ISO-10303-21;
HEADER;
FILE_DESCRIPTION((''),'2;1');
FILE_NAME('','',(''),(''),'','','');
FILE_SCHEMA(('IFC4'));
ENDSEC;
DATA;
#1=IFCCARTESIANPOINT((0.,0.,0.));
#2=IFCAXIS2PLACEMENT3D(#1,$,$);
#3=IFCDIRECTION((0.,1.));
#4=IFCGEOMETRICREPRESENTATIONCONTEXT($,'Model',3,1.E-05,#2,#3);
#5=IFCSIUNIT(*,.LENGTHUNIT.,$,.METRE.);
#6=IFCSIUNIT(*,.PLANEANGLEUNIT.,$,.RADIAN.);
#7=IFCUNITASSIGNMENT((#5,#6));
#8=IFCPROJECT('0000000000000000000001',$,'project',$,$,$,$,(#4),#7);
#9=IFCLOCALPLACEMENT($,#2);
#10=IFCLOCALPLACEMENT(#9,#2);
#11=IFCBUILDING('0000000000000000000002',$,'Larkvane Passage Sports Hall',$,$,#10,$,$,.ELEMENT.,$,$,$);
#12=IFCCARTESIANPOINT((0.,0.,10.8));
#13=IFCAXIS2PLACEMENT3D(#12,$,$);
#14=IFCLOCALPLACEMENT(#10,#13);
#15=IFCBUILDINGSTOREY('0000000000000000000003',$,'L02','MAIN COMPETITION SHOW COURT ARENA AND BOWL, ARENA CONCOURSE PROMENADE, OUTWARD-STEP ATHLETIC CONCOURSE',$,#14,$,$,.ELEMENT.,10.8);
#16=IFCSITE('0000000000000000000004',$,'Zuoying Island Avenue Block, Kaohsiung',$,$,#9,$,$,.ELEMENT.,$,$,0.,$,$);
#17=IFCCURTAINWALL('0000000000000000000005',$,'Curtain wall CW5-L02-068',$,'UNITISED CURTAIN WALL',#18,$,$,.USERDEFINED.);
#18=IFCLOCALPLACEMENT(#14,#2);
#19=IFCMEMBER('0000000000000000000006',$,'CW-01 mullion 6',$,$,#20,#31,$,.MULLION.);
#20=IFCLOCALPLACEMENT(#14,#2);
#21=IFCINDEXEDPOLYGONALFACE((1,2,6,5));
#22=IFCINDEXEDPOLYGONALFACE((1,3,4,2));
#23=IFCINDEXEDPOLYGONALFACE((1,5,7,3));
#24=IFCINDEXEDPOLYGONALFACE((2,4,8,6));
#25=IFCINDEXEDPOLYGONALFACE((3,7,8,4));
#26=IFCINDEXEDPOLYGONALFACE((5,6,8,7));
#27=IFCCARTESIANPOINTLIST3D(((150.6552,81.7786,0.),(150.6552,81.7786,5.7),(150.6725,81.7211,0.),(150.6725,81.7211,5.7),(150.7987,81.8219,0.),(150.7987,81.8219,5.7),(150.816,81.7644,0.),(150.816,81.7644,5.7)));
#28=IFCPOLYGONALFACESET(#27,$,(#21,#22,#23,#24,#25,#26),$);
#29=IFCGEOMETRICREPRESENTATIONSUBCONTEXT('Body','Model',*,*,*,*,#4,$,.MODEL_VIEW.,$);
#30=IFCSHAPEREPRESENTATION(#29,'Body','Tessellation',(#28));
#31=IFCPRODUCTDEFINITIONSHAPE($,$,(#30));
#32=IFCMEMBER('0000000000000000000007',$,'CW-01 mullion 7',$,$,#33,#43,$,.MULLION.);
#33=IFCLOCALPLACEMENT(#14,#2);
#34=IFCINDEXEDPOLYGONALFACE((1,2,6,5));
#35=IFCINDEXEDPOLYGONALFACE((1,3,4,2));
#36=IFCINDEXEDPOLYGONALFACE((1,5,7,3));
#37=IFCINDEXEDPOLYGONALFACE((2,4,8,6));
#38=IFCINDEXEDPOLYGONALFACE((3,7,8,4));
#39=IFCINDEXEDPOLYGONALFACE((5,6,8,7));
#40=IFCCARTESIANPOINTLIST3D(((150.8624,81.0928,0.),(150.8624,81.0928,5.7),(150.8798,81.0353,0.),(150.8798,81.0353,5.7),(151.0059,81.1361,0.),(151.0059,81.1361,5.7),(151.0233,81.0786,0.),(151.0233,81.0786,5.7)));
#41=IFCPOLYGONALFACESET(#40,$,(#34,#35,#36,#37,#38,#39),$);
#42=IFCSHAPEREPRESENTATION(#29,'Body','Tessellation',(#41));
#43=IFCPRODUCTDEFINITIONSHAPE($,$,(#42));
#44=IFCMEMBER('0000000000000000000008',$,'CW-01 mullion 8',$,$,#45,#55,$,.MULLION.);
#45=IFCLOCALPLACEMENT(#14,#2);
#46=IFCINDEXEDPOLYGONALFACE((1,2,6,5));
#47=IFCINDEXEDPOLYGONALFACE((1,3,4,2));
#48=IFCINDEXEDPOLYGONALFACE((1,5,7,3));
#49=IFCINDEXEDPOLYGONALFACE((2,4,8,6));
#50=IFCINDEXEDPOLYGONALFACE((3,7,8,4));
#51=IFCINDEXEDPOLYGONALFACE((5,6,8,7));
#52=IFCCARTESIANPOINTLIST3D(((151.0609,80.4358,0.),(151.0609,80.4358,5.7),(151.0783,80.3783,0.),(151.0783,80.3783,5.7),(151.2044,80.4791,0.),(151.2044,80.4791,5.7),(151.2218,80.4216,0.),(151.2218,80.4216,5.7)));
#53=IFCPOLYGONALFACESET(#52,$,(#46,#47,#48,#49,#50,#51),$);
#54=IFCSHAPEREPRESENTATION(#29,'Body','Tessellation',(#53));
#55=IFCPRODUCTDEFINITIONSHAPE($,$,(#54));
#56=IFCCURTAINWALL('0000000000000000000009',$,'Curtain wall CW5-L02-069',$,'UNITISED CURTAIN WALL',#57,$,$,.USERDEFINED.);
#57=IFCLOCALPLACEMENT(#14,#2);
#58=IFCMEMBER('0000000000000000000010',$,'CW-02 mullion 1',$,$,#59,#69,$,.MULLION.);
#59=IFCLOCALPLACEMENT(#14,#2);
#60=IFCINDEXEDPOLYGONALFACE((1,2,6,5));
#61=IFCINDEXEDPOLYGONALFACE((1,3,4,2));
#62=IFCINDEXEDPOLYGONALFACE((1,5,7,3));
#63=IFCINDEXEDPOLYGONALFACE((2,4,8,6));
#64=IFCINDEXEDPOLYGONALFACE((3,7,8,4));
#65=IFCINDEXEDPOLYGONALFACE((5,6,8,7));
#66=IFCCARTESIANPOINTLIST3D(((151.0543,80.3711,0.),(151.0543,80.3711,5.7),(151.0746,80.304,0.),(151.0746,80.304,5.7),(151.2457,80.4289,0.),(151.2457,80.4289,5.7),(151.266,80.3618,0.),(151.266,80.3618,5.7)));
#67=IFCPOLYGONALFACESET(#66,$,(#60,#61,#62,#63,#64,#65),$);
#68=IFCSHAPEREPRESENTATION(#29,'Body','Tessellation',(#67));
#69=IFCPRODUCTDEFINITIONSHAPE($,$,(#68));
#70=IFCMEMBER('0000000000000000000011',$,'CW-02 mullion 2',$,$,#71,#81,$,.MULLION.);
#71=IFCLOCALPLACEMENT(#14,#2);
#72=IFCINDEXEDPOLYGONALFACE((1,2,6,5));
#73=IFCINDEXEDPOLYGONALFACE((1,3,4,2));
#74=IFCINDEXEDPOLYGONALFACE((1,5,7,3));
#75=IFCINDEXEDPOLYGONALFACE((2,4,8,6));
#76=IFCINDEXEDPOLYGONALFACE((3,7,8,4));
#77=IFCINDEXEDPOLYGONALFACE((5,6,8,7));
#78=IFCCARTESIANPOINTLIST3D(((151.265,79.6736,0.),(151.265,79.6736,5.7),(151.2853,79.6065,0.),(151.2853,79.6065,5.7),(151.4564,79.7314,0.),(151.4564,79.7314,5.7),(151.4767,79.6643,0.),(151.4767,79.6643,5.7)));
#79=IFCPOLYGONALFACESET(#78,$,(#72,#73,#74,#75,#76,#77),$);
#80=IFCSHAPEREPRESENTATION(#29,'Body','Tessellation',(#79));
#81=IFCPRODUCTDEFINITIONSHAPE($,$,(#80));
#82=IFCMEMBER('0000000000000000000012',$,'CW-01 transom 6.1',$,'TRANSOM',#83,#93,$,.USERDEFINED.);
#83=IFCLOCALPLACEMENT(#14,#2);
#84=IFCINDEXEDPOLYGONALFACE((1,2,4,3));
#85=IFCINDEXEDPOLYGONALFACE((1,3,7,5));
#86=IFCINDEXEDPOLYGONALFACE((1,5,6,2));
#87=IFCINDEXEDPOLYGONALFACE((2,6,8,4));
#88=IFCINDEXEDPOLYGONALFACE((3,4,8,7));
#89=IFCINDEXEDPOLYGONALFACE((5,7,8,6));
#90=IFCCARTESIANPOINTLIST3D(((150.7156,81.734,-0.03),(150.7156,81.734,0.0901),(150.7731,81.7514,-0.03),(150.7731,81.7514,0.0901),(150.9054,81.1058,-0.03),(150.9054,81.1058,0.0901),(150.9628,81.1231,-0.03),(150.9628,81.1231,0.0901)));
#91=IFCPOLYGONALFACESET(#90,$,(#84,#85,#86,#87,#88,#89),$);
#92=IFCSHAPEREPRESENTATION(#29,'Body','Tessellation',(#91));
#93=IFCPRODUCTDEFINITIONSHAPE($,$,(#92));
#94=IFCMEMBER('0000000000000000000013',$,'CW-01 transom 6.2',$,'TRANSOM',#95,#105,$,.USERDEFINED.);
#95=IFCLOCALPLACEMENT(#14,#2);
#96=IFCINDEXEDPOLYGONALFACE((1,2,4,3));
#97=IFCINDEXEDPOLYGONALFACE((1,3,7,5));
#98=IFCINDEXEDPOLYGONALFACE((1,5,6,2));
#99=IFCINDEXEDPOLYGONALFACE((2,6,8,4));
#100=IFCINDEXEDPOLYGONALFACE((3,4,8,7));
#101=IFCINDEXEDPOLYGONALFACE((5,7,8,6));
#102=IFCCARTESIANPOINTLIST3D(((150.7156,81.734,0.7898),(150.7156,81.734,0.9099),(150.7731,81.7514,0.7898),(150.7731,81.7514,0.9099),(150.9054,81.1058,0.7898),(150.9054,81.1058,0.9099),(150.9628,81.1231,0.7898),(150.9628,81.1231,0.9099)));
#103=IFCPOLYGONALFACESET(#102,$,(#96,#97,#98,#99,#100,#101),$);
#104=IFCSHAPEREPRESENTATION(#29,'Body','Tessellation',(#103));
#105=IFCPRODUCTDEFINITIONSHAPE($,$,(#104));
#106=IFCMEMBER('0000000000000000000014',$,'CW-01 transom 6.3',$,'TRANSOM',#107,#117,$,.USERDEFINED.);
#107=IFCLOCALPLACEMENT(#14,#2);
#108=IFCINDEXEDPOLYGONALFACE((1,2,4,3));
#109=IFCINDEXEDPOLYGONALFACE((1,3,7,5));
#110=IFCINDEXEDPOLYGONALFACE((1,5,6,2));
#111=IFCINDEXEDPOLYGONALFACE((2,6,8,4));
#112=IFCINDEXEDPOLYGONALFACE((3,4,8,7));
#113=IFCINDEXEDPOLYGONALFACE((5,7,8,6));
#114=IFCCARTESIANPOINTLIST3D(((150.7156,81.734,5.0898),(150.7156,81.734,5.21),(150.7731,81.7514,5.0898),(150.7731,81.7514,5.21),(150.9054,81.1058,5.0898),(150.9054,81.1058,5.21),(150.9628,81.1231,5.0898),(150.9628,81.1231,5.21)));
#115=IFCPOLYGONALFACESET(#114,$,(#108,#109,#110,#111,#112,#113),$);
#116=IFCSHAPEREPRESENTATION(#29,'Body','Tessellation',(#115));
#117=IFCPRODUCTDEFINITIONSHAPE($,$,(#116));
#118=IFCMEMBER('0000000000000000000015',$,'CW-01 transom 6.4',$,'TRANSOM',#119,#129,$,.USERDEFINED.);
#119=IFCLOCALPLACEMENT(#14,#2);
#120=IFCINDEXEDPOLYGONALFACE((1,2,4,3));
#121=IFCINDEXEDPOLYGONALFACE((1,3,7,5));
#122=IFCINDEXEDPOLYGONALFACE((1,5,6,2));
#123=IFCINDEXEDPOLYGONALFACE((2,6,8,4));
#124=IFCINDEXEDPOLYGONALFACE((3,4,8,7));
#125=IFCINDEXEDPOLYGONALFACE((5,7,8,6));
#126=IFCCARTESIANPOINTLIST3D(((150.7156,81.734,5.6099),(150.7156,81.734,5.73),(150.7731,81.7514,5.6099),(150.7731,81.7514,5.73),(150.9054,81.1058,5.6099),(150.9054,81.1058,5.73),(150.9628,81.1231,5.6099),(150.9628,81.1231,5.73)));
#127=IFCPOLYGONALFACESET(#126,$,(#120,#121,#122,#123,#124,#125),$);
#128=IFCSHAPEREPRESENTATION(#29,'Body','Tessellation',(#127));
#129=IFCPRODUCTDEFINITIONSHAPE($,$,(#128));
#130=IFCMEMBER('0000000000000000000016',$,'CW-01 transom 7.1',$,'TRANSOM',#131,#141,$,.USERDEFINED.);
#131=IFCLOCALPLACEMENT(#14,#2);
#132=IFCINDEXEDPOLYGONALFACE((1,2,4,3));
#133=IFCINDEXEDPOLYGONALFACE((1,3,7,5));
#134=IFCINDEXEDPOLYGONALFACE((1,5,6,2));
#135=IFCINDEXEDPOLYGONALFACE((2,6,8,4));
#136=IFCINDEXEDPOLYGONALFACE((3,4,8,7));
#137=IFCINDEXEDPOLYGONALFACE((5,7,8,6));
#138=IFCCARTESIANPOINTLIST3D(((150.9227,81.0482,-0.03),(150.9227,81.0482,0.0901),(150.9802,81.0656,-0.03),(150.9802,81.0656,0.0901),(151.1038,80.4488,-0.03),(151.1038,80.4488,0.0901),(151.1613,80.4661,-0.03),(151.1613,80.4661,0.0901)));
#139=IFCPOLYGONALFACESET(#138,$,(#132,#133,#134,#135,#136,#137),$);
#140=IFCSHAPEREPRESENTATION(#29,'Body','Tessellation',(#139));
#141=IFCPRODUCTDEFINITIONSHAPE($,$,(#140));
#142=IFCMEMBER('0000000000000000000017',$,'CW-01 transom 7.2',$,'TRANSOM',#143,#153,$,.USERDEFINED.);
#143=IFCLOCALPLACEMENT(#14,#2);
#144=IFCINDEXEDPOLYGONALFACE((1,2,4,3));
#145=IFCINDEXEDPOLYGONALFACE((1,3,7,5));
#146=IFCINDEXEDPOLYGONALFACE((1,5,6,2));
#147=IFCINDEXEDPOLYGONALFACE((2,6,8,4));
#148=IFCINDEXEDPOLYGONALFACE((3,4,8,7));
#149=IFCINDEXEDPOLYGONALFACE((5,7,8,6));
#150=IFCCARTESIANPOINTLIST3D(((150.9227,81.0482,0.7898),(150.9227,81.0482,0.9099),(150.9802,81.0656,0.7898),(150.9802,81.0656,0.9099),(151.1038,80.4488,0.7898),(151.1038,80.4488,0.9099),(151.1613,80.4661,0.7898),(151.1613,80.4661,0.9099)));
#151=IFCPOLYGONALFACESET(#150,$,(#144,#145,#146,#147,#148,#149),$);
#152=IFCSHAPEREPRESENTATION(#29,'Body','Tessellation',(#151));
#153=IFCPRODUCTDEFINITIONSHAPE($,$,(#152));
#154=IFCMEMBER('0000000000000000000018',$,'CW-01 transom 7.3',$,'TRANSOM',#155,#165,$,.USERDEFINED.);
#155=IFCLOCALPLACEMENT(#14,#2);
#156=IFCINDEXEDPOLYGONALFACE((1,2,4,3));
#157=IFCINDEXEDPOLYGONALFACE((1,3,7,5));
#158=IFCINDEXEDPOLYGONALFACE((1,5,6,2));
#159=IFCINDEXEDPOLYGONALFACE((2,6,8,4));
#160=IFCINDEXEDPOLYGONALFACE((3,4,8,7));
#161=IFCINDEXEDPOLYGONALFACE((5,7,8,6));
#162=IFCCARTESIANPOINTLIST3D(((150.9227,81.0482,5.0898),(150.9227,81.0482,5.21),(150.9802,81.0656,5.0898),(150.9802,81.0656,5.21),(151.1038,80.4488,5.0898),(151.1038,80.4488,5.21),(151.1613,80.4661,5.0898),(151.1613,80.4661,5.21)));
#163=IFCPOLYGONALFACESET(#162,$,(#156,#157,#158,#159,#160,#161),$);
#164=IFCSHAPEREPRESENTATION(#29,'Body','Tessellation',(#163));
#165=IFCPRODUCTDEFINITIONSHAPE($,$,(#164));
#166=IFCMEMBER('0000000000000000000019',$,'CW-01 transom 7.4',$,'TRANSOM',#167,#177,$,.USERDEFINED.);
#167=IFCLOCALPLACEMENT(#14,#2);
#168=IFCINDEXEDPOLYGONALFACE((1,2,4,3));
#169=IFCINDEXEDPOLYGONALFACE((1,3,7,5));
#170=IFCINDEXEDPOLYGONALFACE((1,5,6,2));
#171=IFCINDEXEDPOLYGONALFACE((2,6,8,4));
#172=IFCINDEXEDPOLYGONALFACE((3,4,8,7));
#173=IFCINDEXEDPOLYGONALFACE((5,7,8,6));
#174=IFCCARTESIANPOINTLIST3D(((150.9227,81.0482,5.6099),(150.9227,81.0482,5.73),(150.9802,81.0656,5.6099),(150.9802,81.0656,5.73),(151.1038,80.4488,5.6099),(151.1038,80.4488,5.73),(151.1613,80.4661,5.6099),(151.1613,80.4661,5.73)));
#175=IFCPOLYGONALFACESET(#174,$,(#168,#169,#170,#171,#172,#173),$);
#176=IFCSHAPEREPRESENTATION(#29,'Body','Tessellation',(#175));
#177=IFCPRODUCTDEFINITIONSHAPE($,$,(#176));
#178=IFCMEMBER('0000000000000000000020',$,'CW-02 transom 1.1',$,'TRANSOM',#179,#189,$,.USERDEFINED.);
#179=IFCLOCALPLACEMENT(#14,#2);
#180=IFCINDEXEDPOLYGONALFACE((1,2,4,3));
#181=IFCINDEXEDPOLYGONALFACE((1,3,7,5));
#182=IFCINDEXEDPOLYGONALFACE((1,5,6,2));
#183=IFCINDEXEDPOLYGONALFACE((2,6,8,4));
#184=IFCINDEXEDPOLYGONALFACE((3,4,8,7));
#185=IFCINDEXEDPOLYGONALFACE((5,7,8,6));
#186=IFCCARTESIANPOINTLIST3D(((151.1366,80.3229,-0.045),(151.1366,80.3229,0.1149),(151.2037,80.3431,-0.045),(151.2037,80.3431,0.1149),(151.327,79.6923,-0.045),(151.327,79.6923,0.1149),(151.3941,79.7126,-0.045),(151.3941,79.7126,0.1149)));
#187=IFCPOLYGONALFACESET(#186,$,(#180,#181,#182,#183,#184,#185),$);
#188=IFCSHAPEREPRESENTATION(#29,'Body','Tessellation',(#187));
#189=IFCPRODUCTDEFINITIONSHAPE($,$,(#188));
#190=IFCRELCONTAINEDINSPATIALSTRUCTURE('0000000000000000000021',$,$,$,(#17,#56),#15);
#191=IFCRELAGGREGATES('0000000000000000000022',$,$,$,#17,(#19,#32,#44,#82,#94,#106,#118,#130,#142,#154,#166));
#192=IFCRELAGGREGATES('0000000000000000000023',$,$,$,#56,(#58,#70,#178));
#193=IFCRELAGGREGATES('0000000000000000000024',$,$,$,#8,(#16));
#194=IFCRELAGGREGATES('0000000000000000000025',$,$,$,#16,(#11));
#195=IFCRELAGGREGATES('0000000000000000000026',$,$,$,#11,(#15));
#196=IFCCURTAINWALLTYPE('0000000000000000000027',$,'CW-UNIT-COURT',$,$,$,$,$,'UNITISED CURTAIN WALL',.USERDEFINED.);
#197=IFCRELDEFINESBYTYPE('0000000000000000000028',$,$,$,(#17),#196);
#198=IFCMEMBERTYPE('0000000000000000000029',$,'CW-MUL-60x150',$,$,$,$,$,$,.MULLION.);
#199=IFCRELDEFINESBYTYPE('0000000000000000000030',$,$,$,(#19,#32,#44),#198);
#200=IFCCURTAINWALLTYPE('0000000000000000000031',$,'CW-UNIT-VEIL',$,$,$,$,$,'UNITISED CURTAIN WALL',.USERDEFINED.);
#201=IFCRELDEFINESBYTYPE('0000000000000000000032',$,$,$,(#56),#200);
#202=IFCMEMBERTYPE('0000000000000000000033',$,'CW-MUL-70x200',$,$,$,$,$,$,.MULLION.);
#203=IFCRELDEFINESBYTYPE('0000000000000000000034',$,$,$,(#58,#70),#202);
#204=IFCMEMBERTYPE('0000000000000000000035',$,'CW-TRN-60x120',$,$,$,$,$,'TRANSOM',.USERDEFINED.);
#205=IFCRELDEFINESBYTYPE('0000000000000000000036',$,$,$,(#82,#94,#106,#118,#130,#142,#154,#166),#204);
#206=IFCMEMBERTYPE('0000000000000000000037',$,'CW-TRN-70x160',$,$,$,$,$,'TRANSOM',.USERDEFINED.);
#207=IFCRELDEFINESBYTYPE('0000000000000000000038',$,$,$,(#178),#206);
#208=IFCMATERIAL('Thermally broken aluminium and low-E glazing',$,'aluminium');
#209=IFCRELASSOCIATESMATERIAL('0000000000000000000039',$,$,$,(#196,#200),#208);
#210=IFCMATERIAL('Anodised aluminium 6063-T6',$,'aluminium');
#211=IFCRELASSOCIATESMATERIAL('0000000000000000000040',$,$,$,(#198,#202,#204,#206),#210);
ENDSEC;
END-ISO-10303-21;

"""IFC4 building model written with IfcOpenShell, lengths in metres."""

from ifc_helpers import new_model, si_unit, direction, frame, origin, origin_2d, place, context, subcontext, project, spatial, rectangle, extrude, material, material_profile, profile_set, type_object, element, aggregate, save


model = new_model("IFC4")

# Units and contexts
model_context = context("Model", 3, precision=1e-05, world=origin(), true_north=direction((0.0, 1.0)))
body_context = subcontext(model_context, "Body", "Model", "MODEL_VIEW")
ifc_project = project(units=[si_unit("LENGTHUNIT", "METRE"), si_unit("PLANEANGLEUNIT", "RADIAN")], contexts=[model_context])

# Site, building, storey
site_placement = place(None, origin())
site = spatial("IfcSite", under=ifc_project, at=site_placement, Name="Zuoying Island Avenue Block, Kaohsiung", CompositionType="ELEMENT", RefElevation=0.0)
building_placement = place(site_placement, origin())
building = spatial("IfcBuilding", under=site, at=building_placement, Name="Larkvane Passage Sports Hall", CompositionType="ELEMENT")
storey_placement = place(building_placement, frame((0.0, 0.0, 10.8)))
storey = spatial("IfcBuildingStorey", under=building, at=storey_placement, Name="L02", Description="MAIN COMPETITION SHOW COURT ARENA AND BOWL, ARENA CONCOURSE PROMENADE, OUTWARD-STEP ATHLETIC CONCOURSE", CompositionType="ELEMENT", Elevation=10.8)

# Curtain walls, members
ifc_material_1 = material(Name="Thermally broken aluminium and low-E glazing", Category="aluminium")
curtain_wall_type_1 = type_object("IfcCurtainWallType", Name="CW-UNIT-COURT", ElementType="UNITISED CURTAIN WALL", PredefinedType="USERDEFINED", material=ifc_material_1)
curtain_wall_1_placement = place(storey_placement, origin())
curtain_wall_1 = element("IfcCurtainWall", 1, at=curtain_wall_1_placement, inside=storey, type_object=curtain_wall_type_1, Name="Curtain wall CW5-L02-068", ObjectType="UNITISED CURTAIN WALL", PredefinedType="USERDEFINED")
ifc_material_2 = material(Name="Anodised aluminium 6063-T6", Category="aluminium")
ifc_material_profile_1 = material_profile(ifc_material_2, rectangle(XDim=0.0601, YDim=0.1499, at=origin_2d()), Name="ALU-MUL-60x150")
ifc_profile_set_1 = profile_set([ifc_material_profile_1], Name="Anodised aluminium 6063-T6")
member_type_1 = type_object("IfcMemberType", Name="CW-MUL-60x150", PredefinedType="MULLION", material=ifc_profile_set_1)
member_1_placement = place(storey_placement, frame((150.7356, 81.7715, 0.0), z_axis=(0.0, 0.0, 1.0), x_axis=(0.289177, -0.957276, 0.0)))
member_1 = element("IfcMember", 2, at=member_1_placement, type_object=member_type_1, Name="CW-01 mullion 6", PredefinedType="MULLION", context=body_context, shape_type="SweptSolid", body=[
    extrude(rectangle(XDim=0.0601, YDim=0.1499, at=origin_2d()), origin(), (0.0, 0.0, 1.0), 5.7),
])
member_2_placement = place(storey_placement, frame((150.9429, 81.0857, 0.0), z_axis=(0.0, 0.0, 1.0), x_axis=(0.289177, -0.957276, 0.0)))
member_2 = element("IfcMember", 3, at=member_2_placement, type_object=member_type_1, Name="CW-01 mullion 7", PredefinedType="MULLION", context=body_context, shape_type="SweptSolid", body=[
    extrude(rectangle(XDim=0.0601, YDim=0.1499, at=origin_2d()), origin(), (0.0, 0.0, 1.0), 5.7),
])
member_3_placement = place(storey_placement, frame((151.1414, 80.4287, 0.0), z_axis=(0.0, 0.0, 1.0), x_axis=(0.289177, -0.957276, 0.0)))
member_3 = element("IfcMember", 4, at=member_3_placement, type_object=member_type_1, Name="CW-01 mullion 8", PredefinedType="MULLION", context=body_context, shape_type="SweptSolid", body=[
    extrude(rectangle(XDim=0.0601, YDim=0.1499, at=origin_2d()), origin(), (0.0, 0.0, 1.0), 5.7),
])
curtain_wall_type_2 = type_object("IfcCurtainWallType", Name="CW-UNIT-VEIL", ElementType="UNITISED CURTAIN WALL", PredefinedType="USERDEFINED", material=ifc_material_1)
curtain_wall_2_placement = place(storey_placement, origin())
curtain_wall_2 = element("IfcCurtainWall", 5, at=curtain_wall_2_placement, inside=storey, type_object=curtain_wall_type_2, Name="Curtain wall CW5-L02-069", ObjectType="UNITISED CURTAIN WALL", PredefinedType="USERDEFINED")
ifc_material_profile_2 = material_profile(ifc_material_2, rectangle(XDim=0.0701, YDim=0.2, at=origin_2d()), Name="ALU-MUL-70x200")
ifc_profile_set_2 = profile_set([ifc_material_profile_2], Name="Anodised aluminium 6063-T6")
member_type_2 = type_object("IfcMemberType", Name="CW-MUL-70x200", PredefinedType="MULLION", material=ifc_profile_set_2)
member_4_placement = place(storey_placement, frame((151.1602, 80.3665, 0.0), z_axis=(0.0, 0.0, 1.0), x_axis=(0.289177, -0.957276, 0.0)))
member_4 = element("IfcMember", 6, at=member_4_placement, type_object=member_type_2, Name="CW-02 mullion 1", PredefinedType="MULLION", context=body_context, shape_type="SweptSolid", body=[
    extrude(rectangle(XDim=0.0701, YDim=0.2, at=origin_2d()), origin(), (0.0, 0.0, 1.0), 5.7),
])
member_5_placement = place(storey_placement, frame((151.3708, 79.6689, 0.0), z_axis=(0.0, 0.0, 1.0), x_axis=(0.289177, -0.957276, 0.0)))
member_5 = element("IfcMember", 7, at=member_5_placement, type_object=member_type_2, Name="CW-02 mullion 2", PredefinedType="MULLION", context=body_context, shape_type="SweptSolid", body=[
    extrude(rectangle(XDim=0.0701, YDim=0.2, at=origin_2d()), origin(), (0.0, 0.0, 1.0), 5.7),
])

# Members
ifc_material_profile_3 = material_profile(ifc_material_2, rectangle(XDim=0.0601, YDim=0.1201, at=origin_2d()), Name="ALU-TRN-60x120")
ifc_profile_set_3 = profile_set([ifc_material_profile_3], Name="Anodised aluminium 6063-T6")
member_type_3 = type_object("IfcMemberType", Name="CW-TRN-60x120", ElementType="TRANSOM", PredefinedType="USERDEFINED", material=ifc_profile_set_3)
member_6_placement = place(storey_placement, frame((150.7444, 81.7427, 0.03), z_axis=(0.289088, -0.957302, 0.0), x_axis=(0.957302, 0.289088, 0.0)))
member_6 = element("IfcMember", 8, at=member_6_placement, type_object=member_type_3, Name="CW-01 transom 6.1", ObjectType="TRANSOM", PredefinedType="USERDEFINED", context=body_context, shape_type="SweptSolid", body=[
    extrude(rectangle(XDim=0.0601, YDim=0.1201, at=origin_2d()), origin(), (0.0, 0.0, 1.0), 0.6562),
])
member_7_placement = place(storey_placement, frame((150.7444, 81.7427, 0.8499), z_axis=(0.289088, -0.957302, 0.0), x_axis=(0.957302, 0.289088, 0.0)))
member_7 = element("IfcMember", 9, at=member_7_placement, type_object=member_type_3, Name="CW-01 transom 6.2", ObjectType="TRANSOM", PredefinedType="USERDEFINED", context=body_context, shape_type="SweptSolid", body=[
    extrude(rectangle(XDim=0.0601, YDim=0.1201, at=origin_2d()), origin(), (0.0, 0.0, 1.0), 0.6562),
])
member_8_placement = place(storey_placement, frame((150.7444, 81.7427, 5.1499), z_axis=(0.289088, -0.957302, 0.0), x_axis=(0.957302, 0.289088, 0.0)))
member_8 = element("IfcMember", 10, at=member_8_placement, type_object=member_type_3, Name="CW-01 transom 6.3", ObjectType="TRANSOM", PredefinedType="USERDEFINED", context=body_context, shape_type="SweptSolid", body=[
    extrude(rectangle(XDim=0.0601, YDim=0.1201, at=origin_2d()), origin(), (0.0, 0.0, 1.0), 0.6562),
])
member_9_placement = place(storey_placement, frame((150.7444, 81.7427, 5.6699), z_axis=(0.289088, -0.957302, 0.0), x_axis=(0.957302, 0.289088, 0.0)))
member_9 = element("IfcMember", 11, at=member_9_placement, type_object=member_type_3, Name="CW-01 transom 6.4", ObjectType="TRANSOM", PredefinedType="USERDEFINED", context=body_context, shape_type="SweptSolid", body=[
    extrude(rectangle(XDim=0.0601, YDim=0.1201, at=origin_2d()), origin(), (0.0, 0.0, 1.0), 0.6562),
])
member_10_placement = place(storey_placement, frame((150.9514, 81.0569, 0.03), z_axis=(0.289315, -0.957234, 0.0), x_axis=(0.957234, 0.289315, 0.0)))
member_10 = element("IfcMember", 12, at=member_10_placement, type_object=member_type_3, Name="CW-01 transom 7.1", ObjectType="TRANSOM", PredefinedType="USERDEFINED", context=body_context, shape_type="SweptSolid", body=[
    extrude(rectangle(XDim=0.0601, YDim=0.1201, at=origin_2d()), origin(), (0.0, 0.0, 1.0), 0.6262),
])
member_11_placement = place(storey_placement, frame((150.9514, 81.0569, 0.8499), z_axis=(0.289315, -0.957234, 0.0), x_axis=(0.957234, 0.289315, 0.0)))
member_11 = element("IfcMember", 13, at=member_11_placement, type_object=member_type_3, Name="CW-01 transom 7.2", ObjectType="TRANSOM", PredefinedType="USERDEFINED", context=body_context, shape_type="SweptSolid", body=[
    extrude(rectangle(XDim=0.0601, YDim=0.1201, at=origin_2d()), origin(), (0.0, 0.0, 1.0), 0.6262),
])
member_12_placement = place(storey_placement, frame((150.9514, 81.0569, 5.1499), z_axis=(0.289315, -0.957234, 0.0), x_axis=(0.957234, 0.289315, 0.0)))
member_12 = element("IfcMember", 14, at=member_12_placement, type_object=member_type_3, Name="CW-01 transom 7.3", ObjectType="TRANSOM", PredefinedType="USERDEFINED", context=body_context, shape_type="SweptSolid", body=[
    extrude(rectangle(XDim=0.0601, YDim=0.1201, at=origin_2d()), origin(), (0.0, 0.0, 1.0), 0.6262),
])
member_13_placement = place(storey_placement, frame((150.9514, 81.0569, 5.6699), z_axis=(0.289315, -0.957234, 0.0), x_axis=(0.957234, 0.289315, 0.0)))
member_13 = element("IfcMember", 15, at=member_13_placement, type_object=member_type_3, Name="CW-01 transom 7.4", ObjectType="TRANSOM", PredefinedType="USERDEFINED", context=body_context, shape_type="SweptSolid", body=[
    extrude(rectangle(XDim=0.0601, YDim=0.1201, at=origin_2d()), origin(), (0.0, 0.0, 1.0), 0.6262),
])
ifc_material_profile_4 = material_profile(ifc_material_2, rectangle(XDim=0.0701, YDim=0.1599, at=origin_2d()), Name="ALU-TRN-70x160")
ifc_profile_set_4 = profile_set([ifc_material_profile_4], Name="Anodised aluminium 6063-T6")
member_type_4 = type_object("IfcMemberType", Name="CW-TRN-70x160", ElementType="TRANSOM", PredefinedType="USERDEFINED", material=ifc_profile_set_4)
member_14_placement = place(storey_placement, frame((151.1702, 80.333, 0.0349), z_axis=(0.289081, -0.957304, 0.0), x_axis=(0.957304, 0.289081, 0.0)))
member_14 = element("IfcMember", 16, at=member_14_placement, type_object=member_type_4, Name="CW-02 transom 1.1", ObjectType="TRANSOM", PredefinedType="USERDEFINED", context=body_context, shape_type="SweptSolid", body=[
    extrude(rectangle(XDim=0.0701, YDim=0.1599, at=origin_2d()), origin(), (0.0, 0.0, 1.0), 0.6587),
])

aggregate(curtain_wall_1, [member_1, member_2, member_3, member_6, member_7, member_8, member_9, member_10, member_11, member_12, member_13])
aggregate(curtain_wall_2, [member_4, member_5, member_14])

save(model, "model.ifc")
